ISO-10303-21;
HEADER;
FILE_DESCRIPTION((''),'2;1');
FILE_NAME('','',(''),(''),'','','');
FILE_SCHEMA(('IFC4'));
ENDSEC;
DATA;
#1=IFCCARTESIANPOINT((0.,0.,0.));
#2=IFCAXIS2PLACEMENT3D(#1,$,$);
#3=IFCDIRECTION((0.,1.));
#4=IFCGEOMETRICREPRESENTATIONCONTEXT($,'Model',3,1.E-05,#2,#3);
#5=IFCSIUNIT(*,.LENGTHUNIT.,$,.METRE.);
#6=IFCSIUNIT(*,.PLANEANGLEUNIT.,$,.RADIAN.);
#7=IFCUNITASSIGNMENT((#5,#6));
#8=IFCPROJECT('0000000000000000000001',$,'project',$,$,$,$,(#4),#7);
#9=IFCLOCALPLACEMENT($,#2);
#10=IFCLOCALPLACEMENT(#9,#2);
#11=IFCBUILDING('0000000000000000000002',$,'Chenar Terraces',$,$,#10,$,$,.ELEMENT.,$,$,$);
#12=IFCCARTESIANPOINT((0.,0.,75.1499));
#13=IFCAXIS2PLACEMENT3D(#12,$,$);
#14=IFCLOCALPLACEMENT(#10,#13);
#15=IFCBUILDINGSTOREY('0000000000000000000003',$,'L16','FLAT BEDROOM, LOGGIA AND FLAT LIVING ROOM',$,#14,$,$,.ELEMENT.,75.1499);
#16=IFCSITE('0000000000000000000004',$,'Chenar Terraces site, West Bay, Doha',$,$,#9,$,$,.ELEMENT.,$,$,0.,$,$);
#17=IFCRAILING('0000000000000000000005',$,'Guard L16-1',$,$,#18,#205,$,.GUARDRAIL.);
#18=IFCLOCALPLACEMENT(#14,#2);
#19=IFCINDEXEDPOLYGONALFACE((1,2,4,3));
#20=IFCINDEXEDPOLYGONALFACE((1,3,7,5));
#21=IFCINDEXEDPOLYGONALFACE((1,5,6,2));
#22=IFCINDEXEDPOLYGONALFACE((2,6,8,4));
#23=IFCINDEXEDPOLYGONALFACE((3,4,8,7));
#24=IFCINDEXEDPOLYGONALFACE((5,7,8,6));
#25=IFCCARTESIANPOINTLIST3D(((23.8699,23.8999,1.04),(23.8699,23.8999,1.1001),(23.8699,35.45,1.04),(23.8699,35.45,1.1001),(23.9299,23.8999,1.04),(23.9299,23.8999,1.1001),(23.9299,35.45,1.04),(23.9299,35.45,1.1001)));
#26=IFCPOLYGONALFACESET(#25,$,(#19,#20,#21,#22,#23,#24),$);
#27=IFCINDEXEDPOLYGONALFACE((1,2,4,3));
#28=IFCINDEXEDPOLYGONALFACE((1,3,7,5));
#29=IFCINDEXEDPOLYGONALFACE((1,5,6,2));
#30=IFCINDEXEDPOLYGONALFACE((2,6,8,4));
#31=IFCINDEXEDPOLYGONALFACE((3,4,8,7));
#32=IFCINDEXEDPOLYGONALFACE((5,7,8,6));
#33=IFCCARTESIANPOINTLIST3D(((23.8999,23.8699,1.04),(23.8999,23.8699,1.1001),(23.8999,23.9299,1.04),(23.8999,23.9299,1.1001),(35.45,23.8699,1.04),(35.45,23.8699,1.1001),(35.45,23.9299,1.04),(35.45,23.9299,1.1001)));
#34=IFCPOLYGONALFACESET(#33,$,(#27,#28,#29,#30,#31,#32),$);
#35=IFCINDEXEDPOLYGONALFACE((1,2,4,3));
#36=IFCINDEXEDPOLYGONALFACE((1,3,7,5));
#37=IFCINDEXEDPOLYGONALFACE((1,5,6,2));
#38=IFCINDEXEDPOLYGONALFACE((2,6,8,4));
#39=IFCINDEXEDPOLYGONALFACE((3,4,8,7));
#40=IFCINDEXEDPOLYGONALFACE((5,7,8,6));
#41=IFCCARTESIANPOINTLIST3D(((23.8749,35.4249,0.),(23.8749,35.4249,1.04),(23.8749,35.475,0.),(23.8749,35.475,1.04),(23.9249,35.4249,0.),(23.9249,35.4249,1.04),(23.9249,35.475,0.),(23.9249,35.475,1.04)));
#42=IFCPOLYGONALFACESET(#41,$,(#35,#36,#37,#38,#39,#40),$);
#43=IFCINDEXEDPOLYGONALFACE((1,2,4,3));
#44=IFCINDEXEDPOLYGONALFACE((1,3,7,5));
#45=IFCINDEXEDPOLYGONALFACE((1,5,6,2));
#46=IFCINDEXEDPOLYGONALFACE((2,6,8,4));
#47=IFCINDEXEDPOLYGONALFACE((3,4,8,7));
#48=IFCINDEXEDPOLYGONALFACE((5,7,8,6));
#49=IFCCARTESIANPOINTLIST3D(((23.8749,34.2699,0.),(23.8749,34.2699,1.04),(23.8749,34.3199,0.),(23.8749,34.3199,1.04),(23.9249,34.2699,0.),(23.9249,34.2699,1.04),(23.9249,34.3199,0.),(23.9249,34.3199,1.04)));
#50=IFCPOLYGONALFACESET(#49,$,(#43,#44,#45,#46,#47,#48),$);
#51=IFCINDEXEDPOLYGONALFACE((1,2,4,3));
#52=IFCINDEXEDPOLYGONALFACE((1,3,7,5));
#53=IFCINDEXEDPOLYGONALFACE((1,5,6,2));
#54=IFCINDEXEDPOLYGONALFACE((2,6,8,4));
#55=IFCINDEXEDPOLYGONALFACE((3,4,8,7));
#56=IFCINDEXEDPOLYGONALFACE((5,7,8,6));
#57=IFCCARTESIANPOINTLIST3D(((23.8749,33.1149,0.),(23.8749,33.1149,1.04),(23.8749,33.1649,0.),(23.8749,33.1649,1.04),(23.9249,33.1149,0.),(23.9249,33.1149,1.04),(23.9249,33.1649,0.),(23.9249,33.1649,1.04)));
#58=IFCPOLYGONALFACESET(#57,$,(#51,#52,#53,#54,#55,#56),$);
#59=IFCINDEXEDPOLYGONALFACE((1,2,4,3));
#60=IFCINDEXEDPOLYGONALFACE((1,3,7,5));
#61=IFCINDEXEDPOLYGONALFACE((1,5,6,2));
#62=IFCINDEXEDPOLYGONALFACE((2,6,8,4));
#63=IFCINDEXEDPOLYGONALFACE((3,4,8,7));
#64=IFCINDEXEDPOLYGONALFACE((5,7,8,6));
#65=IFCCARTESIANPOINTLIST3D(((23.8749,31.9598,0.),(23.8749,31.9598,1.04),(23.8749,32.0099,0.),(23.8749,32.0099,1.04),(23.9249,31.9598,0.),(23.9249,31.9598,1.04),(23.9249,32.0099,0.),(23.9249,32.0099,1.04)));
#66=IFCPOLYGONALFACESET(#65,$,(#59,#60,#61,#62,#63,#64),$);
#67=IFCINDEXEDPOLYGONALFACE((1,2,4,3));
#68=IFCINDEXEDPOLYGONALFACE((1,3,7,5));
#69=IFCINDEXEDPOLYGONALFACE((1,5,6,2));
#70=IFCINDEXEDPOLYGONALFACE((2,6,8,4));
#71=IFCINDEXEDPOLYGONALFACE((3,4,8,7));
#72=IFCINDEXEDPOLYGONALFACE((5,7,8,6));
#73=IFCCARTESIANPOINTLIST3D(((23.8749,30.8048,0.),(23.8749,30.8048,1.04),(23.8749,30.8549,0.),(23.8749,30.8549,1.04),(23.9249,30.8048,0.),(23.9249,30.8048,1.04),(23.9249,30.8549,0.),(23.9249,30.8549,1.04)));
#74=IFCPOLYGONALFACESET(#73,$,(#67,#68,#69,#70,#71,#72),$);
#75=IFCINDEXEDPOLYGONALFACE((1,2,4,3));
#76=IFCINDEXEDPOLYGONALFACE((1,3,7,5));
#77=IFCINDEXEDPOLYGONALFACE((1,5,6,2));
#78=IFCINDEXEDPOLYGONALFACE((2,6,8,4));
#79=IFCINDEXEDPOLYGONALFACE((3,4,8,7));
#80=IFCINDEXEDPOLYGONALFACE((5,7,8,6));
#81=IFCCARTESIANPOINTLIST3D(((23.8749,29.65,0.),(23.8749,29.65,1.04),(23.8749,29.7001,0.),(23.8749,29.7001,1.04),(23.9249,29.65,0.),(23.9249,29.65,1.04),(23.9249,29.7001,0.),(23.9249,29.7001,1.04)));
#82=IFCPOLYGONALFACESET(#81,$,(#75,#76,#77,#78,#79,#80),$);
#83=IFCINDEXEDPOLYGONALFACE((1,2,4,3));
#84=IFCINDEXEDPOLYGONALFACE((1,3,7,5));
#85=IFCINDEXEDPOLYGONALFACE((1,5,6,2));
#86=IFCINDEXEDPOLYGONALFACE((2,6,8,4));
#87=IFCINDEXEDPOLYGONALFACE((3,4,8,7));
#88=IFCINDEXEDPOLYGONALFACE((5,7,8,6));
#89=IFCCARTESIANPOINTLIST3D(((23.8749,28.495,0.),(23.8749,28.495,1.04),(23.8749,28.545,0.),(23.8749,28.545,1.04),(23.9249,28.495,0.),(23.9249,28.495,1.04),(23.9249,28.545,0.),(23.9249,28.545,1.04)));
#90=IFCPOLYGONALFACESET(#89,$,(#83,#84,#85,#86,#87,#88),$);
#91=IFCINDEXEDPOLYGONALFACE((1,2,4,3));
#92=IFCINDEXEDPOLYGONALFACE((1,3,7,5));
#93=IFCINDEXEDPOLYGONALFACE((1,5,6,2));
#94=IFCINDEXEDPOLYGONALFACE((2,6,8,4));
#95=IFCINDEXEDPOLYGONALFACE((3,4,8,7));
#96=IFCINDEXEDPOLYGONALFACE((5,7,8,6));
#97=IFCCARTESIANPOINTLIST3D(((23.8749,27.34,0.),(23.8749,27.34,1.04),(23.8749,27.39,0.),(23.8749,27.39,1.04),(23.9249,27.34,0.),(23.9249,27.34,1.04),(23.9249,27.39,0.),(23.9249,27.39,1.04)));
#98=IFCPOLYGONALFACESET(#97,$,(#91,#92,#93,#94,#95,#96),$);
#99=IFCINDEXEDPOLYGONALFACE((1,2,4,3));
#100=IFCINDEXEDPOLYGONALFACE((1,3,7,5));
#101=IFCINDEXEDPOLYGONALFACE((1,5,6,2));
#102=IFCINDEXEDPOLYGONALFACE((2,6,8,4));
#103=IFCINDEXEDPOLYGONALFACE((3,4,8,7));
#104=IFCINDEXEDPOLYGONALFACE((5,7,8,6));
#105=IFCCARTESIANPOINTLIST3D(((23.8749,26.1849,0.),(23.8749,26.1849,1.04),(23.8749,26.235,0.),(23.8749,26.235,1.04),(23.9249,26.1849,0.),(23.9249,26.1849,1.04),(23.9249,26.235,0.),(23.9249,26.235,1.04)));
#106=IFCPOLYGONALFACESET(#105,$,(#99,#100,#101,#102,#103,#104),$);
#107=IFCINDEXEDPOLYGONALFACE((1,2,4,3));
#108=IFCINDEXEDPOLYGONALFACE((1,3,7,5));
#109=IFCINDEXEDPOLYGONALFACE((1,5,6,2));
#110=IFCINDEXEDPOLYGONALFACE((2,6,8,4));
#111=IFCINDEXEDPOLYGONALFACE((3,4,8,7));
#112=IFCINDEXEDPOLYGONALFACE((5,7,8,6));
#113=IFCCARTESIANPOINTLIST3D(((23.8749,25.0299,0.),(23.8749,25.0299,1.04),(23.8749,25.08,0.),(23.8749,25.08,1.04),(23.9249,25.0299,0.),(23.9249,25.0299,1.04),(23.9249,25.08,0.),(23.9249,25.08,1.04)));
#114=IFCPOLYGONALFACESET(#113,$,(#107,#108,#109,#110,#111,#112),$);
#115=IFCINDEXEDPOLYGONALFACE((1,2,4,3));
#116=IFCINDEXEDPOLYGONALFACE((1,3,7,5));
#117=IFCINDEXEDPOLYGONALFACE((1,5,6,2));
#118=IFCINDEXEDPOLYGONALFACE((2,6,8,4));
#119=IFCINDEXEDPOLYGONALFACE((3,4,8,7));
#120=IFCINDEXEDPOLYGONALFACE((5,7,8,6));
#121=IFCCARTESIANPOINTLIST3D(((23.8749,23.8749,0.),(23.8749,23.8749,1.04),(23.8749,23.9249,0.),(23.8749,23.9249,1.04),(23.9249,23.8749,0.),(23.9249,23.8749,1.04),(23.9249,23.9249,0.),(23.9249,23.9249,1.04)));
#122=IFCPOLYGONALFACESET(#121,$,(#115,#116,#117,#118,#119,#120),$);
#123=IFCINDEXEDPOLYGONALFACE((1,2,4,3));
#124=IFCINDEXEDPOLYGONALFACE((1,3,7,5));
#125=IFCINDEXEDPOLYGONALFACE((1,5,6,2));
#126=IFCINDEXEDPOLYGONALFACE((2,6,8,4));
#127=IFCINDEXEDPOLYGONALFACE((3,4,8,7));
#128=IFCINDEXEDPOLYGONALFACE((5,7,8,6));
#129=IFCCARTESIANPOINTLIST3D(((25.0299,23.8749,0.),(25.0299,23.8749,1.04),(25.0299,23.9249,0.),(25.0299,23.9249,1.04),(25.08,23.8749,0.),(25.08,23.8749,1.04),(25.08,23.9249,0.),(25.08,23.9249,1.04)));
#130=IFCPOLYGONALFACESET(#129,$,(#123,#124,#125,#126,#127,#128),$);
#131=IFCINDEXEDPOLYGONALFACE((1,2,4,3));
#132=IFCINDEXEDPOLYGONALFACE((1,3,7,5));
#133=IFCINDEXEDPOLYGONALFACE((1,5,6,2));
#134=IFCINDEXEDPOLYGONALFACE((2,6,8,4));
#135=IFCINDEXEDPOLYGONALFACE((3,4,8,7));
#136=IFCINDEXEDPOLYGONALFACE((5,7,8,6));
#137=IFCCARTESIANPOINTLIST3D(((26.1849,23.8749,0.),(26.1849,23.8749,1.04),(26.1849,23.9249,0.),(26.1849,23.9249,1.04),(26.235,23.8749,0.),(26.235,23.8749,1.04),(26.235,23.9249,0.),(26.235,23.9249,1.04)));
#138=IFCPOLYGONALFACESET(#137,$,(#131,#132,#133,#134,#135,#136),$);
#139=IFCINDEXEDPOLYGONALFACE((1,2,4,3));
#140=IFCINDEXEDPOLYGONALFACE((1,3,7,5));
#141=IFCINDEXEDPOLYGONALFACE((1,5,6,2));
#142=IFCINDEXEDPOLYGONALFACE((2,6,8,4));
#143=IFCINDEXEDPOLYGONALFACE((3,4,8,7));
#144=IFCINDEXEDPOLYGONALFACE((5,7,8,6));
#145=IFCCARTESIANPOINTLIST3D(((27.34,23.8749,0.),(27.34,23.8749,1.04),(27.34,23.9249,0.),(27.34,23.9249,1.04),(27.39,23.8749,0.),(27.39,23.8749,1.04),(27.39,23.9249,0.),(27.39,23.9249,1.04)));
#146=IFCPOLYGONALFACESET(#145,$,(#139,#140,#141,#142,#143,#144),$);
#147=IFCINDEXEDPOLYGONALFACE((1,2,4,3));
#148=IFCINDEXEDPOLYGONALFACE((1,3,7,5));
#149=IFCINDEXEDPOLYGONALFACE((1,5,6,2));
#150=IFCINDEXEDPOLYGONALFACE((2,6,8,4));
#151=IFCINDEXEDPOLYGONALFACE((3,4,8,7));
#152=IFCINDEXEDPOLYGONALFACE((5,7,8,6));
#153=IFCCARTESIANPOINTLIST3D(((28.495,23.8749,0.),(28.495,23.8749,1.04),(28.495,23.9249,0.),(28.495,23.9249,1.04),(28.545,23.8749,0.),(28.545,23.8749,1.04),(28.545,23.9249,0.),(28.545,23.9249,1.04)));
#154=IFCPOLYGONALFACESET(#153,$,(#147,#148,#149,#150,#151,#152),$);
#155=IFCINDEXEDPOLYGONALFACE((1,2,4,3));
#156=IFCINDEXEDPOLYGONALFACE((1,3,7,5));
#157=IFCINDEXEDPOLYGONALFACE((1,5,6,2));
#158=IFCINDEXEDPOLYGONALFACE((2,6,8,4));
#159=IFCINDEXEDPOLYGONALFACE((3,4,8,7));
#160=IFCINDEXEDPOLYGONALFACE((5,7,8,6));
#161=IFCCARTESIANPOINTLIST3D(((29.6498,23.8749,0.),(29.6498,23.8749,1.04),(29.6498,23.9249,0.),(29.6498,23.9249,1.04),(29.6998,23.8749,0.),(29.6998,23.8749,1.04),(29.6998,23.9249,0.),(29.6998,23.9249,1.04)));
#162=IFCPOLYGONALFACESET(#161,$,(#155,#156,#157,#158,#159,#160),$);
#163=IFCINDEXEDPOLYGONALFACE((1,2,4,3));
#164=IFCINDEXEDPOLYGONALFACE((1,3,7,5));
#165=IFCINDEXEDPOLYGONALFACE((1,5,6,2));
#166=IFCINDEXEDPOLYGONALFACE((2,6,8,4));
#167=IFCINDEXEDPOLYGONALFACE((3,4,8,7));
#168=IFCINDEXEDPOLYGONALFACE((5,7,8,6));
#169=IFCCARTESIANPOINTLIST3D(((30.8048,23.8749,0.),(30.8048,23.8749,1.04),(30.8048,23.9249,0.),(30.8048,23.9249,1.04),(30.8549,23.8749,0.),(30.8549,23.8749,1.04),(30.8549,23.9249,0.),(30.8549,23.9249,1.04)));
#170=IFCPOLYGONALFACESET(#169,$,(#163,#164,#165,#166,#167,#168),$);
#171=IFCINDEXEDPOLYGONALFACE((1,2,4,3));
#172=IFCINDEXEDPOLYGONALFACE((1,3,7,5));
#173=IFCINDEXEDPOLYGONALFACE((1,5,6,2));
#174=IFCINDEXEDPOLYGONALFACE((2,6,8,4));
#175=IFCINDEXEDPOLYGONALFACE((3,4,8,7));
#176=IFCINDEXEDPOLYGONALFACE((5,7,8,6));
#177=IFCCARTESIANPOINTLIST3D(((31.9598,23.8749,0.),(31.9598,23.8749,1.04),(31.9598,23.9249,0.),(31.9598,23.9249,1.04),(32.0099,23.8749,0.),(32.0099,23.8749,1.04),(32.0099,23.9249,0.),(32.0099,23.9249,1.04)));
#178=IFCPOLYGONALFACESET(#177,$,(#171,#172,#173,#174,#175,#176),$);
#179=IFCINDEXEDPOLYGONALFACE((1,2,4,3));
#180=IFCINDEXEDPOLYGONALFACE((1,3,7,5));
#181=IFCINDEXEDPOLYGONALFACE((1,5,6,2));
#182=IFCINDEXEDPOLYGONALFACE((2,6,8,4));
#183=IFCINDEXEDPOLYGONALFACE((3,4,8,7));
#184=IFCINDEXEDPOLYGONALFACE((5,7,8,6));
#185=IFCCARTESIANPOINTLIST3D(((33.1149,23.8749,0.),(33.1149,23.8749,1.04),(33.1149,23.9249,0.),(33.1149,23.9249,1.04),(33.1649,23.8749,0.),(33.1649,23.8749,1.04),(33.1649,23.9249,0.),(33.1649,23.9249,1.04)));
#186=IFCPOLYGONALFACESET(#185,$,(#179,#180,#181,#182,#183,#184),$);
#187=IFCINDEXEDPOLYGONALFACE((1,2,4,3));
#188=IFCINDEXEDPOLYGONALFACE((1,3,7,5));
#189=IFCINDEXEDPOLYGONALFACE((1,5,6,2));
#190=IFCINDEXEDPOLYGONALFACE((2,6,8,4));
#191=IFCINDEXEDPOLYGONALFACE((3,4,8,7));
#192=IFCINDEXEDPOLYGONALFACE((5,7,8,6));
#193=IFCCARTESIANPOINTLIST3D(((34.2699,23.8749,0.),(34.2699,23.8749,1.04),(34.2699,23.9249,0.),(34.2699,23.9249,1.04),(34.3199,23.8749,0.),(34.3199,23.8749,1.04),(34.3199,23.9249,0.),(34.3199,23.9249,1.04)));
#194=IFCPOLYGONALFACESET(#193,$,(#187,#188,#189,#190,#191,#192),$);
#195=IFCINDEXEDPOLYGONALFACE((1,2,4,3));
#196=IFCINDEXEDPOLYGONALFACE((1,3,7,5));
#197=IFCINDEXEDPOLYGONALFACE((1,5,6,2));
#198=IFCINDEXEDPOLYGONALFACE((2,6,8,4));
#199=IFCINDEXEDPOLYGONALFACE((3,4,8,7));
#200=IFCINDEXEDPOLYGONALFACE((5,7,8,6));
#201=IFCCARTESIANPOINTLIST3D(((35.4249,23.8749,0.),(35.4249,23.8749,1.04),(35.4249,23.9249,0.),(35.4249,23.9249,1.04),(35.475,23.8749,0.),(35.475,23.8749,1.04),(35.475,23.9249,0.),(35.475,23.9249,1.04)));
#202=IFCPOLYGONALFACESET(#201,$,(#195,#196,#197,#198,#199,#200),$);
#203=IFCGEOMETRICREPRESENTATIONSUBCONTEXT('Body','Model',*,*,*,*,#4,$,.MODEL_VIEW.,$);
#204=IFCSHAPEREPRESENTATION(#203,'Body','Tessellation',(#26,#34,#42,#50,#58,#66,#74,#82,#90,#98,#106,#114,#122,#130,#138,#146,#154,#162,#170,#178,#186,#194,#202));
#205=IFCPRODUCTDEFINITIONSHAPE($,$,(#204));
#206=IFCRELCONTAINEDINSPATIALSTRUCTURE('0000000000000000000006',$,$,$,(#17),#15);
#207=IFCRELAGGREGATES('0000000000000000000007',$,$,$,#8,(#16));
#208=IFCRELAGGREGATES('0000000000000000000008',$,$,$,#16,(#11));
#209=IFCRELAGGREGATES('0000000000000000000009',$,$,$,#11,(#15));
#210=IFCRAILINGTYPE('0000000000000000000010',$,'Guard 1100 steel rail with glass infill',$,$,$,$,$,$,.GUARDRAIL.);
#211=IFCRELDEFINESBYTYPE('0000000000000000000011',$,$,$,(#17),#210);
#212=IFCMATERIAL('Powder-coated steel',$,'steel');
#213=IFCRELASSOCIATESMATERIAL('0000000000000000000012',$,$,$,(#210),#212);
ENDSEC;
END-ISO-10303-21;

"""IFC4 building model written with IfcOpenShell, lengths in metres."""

from ifc_helpers import new_model, si_unit, direction, frame, origin, origin_2d, place, context, subcontext, project, spatial, rectangle, extrude, material, type_object, element, save


model = new_model("IFC4")

# Units and contexts
model_context = context("Model", 3, precision=1e-05, world=origin(), true_north=direction((0.0, 1.0)))
body_context = subcontext(model_context, "Body", "Model", "MODEL_VIEW")
ifc_project = project(units=[si_unit("LENGTHUNIT", "METRE"), si_unit("PLANEANGLEUNIT", "RADIAN")], contexts=[model_context])

# Site, building, storey
site_placement = place(None, origin())
site = spatial("IfcSite", under=ifc_project, at=site_placement, Name="Chenar Terraces site, West Bay, Doha", CompositionType="ELEMENT", RefElevation=0.0)
building_placement = place(site_placement, origin())
building = spatial("IfcBuilding", under=site, at=building_placement, Name="Chenar Terraces", CompositionType="ELEMENT")
storey_placement = place(building_placement, frame((0.0, 0.0, 75.1499)))
storey = spatial("IfcBuildingStorey", under=building, at=storey_placement, Name="L16", Description="FLAT BEDROOM, LOGGIA AND FLAT LIVING ROOM", CompositionType="ELEMENT", Elevation=75.1499)

# Railing
ifc_material_1 = material(Name="Powder-coated steel", Category="steel")
railing_type = type_object("IfcRailingType", Name="Guard 1100 steel rail with glass infill", PredefinedType="GUARDRAIL", material=ifc_material_1)
railing_1_placement = place(storey_placement, frame((23.8999, 35.45, 0.0)))
element("IfcRailing", 1, at=railing_1_placement, inside=storey, type_object=railing_type, Name="Guard L16-1", PredefinedType="GUARDRAIL", context=body_context, shape_type="SweptSolid", body=[
    extrude(rectangle(XDim=0.0601, YDim=0.0601, at=origin_2d()), frame((0.0, 0.0, 1.0701), z_axis=(0.0, -1.0, 0.0), x_axis=(1.0, 0.0, 0.0)), (0.0, 0.0, 1.0), 11.55),
    extrude(rectangle(XDim=0.0601, YDim=0.0601, at=origin_2d()), frame((0.0, -11.55, 1.0701), z_axis=(1.0, 0.0, 0.0), x_axis=(0.0, 1.0, 0.0)), (0.0, 0.0, 1.0), 11.55),
    extrude(rectangle(XDim=0.05, YDim=0.05, at=origin_2d()), origin(), (0.0, 0.0, 1.0), 1.04),
    extrude(rectangle(XDim=0.05, YDim=0.05, at=origin_2d()), frame((0.0, -1.155, 0.0)), (0.0, 0.0, 1.0), 1.04),
    extrude(rectangle(XDim=0.05, YDim=0.05, at=origin_2d()), frame((0.0, -2.3101, 0.0)), (0.0, 0.0, 1.0), 1.04),
    extrude(rectangle(XDim=0.05, YDim=0.05, at=origin_2d()), frame((0.0, -3.4651, 0.0)), (0.0, 0.0, 1.0), 1.04),
    extrude(rectangle(XDim=0.05, YDim=0.05, at=origin_2d()), frame((0.0, -4.6201, 0.0)), (0.0, 0.0, 1.0), 1.04),
    extrude(rectangle(XDim=0.05, YDim=0.05, at=origin_2d()), frame((0.0, -5.7749, 0.0)), (0.0, 0.0, 1.0), 1.04),
    extrude(rectangle(XDim=0.05, YDim=0.05, at=origin_2d()), frame((0.0, -6.9299, 0.0)), (0.0, 0.0, 1.0), 1.04),
    extrude(rectangle(XDim=0.05, YDim=0.05, at=origin_2d()), frame((0.0, -8.085, 0.0)), (0.0, 0.0, 1.0), 1.04),
    extrude(rectangle(XDim=0.05, YDim=0.05, at=origin_2d()), frame((0.0, -9.24, 0.0)), (0.0, 0.0, 1.0), 1.04),
    extrude(rectangle(XDim=0.05, YDim=0.05, at=origin_2d()), frame((0.0, -10.395, 0.0)), (0.0, 0.0, 1.0), 1.04),
    extrude(rectangle(XDim=0.05, YDim=0.05, at=origin_2d()), frame((0.0, -11.55, 0.0)), (0.0, 0.0, 1.0), 1.04),
    extrude(rectangle(XDim=0.05, YDim=0.05, at=origin_2d()), frame((1.155, -11.55, 0.0)), (0.0, 0.0, 1.0), 1.04),
    extrude(rectangle(XDim=0.05, YDim=0.05, at=origin_2d()), frame((2.3101, -11.55, 0.0)), (0.0, 0.0, 1.0), 1.04),
    extrude(rectangle(XDim=0.05, YDim=0.05, at=origin_2d()), frame((3.4651, -11.55, 0.0)), (0.0, 0.0, 1.0), 1.04),
    extrude(rectangle(XDim=0.05, YDim=0.05, at=origin_2d()), frame((4.6201, -11.55, 0.0)), (0.0, 0.0, 1.0), 1.04),
    extrude(rectangle(XDim=0.05, YDim=0.05, at=origin_2d()), frame((5.7749, -11.55, 0.0)), (0.0, 0.0, 1.0), 1.04),
    extrude(rectangle(XDim=0.05, YDim=0.05, at=origin_2d()), frame((6.9299, -11.55, 0.0)), (0.0, 0.0, 1.0), 1.04),
    extrude(rectangle(XDim=0.05, YDim=0.05, at=origin_2d()), frame((8.085, -11.55, 0.0)), (0.0, 0.0, 1.0), 1.04),
    extrude(rectangle(XDim=0.05, YDim=0.05, at=origin_2d()), frame((9.24, -11.55, 0.0)), (0.0, 0.0, 1.0), 1.04),
    extrude(rectangle(XDim=0.05, YDim=0.05, at=origin_2d()), frame((10.395, -11.55, 0.0)), (0.0, 0.0, 1.0), 1.04),
    extrude(rectangle(XDim=0.05, YDim=0.05, at=origin_2d()), frame((11.55, -11.55, 0.0)), (0.0, 0.0, 1.0), 1.04),
])

save(model, "model.ifc")
